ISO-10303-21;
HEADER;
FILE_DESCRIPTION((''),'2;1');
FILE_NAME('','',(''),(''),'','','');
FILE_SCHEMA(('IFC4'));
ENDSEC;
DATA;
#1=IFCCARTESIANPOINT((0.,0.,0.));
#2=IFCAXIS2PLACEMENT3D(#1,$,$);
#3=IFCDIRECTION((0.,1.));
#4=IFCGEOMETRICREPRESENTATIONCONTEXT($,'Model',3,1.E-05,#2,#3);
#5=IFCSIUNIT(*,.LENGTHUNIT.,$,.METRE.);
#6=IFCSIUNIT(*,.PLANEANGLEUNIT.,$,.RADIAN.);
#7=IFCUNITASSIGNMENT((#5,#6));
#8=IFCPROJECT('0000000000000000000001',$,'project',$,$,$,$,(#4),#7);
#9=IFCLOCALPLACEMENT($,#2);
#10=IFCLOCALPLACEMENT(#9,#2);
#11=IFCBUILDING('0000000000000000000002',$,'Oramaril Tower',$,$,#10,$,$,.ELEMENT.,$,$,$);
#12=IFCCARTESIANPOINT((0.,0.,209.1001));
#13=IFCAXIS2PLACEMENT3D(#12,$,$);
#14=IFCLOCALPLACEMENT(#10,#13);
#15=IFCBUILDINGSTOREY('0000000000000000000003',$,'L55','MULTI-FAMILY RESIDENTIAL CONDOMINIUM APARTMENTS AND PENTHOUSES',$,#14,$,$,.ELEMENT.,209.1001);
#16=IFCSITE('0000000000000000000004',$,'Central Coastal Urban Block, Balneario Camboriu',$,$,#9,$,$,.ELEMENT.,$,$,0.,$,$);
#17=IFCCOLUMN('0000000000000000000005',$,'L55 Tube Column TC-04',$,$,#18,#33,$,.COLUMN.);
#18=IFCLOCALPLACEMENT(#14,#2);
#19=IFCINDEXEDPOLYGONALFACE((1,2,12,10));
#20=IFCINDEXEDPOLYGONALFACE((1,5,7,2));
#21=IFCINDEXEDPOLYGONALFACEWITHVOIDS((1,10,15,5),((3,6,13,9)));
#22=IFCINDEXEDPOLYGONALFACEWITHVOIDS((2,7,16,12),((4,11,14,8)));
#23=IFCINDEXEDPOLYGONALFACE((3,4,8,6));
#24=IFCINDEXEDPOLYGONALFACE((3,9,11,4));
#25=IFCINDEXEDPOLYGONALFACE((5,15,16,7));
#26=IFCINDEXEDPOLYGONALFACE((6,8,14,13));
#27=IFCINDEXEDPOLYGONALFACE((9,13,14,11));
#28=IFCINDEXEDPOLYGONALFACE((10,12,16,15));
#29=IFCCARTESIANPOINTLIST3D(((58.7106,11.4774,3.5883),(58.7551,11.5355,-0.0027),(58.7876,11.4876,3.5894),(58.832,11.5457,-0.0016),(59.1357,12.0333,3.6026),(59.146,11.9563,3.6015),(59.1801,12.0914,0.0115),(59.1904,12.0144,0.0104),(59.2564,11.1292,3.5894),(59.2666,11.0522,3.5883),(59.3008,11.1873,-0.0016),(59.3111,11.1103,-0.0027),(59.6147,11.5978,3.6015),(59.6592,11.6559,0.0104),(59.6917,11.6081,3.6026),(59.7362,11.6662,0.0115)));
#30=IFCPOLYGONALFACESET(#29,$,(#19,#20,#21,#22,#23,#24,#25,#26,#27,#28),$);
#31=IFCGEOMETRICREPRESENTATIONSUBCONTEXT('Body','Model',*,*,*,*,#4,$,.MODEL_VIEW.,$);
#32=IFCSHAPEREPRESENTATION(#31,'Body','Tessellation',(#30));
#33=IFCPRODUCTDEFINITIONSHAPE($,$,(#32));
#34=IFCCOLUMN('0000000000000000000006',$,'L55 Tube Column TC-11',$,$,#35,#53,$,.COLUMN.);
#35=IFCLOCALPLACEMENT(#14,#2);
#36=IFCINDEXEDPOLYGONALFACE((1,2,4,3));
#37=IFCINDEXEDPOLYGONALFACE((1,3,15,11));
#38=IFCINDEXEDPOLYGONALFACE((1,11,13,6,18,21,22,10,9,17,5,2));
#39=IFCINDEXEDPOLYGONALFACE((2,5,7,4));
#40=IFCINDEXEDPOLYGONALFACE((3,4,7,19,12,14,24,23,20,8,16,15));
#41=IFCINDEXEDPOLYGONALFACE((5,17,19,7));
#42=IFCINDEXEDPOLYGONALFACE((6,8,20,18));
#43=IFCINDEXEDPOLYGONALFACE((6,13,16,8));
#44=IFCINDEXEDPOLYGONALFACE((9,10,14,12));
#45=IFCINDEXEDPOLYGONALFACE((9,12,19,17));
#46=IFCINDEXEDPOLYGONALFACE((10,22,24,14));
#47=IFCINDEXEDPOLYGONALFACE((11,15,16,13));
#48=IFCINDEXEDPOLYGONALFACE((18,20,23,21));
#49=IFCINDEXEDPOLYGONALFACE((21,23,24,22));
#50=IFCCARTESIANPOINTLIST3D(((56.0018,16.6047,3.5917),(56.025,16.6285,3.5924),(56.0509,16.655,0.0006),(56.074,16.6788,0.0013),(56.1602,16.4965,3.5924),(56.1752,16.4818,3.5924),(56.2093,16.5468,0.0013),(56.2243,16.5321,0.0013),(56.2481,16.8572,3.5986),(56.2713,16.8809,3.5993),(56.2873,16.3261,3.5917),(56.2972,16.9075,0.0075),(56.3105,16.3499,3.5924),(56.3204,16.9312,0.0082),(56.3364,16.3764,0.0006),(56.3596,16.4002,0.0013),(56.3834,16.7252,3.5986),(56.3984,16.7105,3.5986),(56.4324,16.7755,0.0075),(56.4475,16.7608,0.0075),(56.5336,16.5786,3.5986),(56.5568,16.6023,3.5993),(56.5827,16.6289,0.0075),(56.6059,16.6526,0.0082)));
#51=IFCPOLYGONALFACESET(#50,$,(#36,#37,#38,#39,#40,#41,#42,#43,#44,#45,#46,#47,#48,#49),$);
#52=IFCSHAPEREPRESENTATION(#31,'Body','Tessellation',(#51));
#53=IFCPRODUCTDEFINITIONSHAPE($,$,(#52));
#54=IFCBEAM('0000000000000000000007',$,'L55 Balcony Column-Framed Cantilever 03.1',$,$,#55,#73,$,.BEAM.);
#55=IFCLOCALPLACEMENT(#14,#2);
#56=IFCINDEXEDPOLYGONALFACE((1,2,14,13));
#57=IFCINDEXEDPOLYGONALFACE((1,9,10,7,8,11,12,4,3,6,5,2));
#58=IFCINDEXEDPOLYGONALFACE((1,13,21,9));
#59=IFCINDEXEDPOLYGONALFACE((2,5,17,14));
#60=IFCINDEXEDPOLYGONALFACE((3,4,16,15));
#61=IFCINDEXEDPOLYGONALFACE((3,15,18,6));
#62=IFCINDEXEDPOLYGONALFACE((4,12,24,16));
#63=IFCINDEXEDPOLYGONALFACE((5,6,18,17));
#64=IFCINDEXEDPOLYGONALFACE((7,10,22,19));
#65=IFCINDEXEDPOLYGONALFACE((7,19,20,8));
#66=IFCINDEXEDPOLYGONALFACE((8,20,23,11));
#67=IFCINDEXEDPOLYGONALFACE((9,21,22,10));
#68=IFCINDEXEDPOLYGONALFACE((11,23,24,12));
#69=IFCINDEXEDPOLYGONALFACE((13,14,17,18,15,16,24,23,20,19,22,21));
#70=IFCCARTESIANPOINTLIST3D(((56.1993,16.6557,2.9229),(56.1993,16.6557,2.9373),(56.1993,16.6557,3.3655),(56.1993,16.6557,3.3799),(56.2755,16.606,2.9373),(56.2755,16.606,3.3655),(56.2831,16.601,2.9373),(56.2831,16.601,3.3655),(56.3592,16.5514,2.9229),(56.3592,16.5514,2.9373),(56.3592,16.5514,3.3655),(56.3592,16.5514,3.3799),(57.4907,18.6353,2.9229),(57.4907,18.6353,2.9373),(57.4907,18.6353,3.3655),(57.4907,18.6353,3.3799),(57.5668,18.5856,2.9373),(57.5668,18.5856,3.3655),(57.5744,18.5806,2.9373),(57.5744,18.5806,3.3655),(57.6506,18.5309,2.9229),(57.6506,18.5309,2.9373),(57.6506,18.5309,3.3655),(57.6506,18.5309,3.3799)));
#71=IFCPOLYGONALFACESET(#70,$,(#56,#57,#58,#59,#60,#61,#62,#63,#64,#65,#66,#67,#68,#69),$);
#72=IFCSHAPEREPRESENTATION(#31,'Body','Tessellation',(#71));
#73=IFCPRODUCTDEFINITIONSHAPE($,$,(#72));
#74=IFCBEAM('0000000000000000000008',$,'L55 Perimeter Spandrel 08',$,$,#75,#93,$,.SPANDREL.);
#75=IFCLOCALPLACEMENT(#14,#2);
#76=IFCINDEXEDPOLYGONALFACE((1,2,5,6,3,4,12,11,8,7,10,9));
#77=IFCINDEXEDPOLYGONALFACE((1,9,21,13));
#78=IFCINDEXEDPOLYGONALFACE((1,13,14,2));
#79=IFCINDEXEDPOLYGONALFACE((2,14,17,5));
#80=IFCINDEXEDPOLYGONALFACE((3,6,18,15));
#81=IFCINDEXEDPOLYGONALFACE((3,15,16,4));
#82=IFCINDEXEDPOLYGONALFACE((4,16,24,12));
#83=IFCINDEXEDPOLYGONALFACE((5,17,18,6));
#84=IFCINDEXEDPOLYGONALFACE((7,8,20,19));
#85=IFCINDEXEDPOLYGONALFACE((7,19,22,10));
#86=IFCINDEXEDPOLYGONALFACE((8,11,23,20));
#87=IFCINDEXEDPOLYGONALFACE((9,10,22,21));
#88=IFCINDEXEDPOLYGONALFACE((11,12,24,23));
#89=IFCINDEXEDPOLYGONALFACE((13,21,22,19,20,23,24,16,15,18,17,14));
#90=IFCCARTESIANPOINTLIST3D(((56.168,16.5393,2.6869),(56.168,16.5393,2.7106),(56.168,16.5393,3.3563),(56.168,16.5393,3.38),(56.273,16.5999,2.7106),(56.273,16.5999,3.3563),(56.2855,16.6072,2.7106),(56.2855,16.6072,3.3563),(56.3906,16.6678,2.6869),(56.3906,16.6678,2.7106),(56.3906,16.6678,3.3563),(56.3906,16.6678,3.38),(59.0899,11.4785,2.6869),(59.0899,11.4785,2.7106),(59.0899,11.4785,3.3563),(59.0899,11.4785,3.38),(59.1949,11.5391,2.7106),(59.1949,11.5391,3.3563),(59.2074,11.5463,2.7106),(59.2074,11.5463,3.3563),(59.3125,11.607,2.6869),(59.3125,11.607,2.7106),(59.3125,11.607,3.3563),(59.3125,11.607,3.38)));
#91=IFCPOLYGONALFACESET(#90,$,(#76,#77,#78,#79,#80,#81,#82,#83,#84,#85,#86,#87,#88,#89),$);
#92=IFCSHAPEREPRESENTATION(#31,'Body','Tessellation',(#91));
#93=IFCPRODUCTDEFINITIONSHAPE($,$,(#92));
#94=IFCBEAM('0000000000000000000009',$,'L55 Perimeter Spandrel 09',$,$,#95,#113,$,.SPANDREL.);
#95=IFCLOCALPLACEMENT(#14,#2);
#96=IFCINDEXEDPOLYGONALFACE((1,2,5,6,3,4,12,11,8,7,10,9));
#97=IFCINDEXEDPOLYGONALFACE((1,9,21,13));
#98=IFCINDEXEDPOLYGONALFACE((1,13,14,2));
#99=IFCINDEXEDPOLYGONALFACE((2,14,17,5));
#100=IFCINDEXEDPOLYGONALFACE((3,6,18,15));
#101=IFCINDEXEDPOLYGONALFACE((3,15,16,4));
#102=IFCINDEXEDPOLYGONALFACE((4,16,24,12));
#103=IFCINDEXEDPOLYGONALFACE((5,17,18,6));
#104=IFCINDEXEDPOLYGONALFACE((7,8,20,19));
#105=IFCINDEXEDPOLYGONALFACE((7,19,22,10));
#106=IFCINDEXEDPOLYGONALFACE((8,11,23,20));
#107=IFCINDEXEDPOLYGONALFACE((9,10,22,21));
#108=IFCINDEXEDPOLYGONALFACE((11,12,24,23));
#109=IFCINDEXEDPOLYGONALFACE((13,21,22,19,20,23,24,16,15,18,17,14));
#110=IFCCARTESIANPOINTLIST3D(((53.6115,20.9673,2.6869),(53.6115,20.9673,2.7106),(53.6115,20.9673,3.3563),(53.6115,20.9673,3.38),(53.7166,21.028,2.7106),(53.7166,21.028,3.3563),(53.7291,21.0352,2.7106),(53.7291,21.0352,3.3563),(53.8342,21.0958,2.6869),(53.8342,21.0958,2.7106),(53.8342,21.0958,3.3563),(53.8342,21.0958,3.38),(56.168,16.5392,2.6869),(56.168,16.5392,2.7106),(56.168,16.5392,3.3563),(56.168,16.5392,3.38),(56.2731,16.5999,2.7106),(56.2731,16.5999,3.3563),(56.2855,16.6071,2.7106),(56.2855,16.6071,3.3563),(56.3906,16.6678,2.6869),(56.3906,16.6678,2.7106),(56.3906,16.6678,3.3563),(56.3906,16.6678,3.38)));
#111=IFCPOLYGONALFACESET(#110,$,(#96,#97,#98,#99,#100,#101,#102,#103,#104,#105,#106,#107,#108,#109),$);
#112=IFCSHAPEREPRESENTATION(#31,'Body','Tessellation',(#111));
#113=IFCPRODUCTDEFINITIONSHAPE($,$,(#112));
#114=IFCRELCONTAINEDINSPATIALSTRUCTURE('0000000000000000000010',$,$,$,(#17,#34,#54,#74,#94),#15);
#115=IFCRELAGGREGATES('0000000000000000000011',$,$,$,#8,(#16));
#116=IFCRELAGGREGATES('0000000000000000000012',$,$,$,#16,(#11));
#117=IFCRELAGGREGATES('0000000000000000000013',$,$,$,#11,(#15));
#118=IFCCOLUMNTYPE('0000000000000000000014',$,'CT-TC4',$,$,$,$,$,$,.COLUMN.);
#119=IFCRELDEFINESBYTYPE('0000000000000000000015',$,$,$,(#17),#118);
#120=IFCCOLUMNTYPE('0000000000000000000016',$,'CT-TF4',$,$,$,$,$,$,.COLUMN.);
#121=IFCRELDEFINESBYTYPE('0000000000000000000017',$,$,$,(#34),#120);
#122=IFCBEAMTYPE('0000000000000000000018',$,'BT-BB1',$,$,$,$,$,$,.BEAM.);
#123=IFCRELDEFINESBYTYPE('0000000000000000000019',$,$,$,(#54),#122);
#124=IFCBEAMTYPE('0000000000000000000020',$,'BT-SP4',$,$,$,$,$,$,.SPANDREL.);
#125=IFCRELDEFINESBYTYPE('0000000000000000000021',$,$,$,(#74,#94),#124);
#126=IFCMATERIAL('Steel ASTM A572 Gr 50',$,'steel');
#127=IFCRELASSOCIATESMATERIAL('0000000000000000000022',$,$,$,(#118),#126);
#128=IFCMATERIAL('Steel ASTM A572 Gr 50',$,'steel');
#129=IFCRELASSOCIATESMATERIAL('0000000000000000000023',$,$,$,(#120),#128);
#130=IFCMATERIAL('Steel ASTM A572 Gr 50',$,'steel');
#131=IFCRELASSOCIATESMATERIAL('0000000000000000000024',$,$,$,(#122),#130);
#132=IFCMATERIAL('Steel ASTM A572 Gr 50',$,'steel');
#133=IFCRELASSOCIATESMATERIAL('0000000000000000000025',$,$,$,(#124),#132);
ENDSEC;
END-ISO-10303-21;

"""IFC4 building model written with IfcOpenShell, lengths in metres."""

from ifc_helpers import new_model, si_unit, direction, frame, origin, origin_2d, place, context, subcontext, project, spatial, hollow_rectangle, i_section, extrude, material, material_profile, profile_set, type_object, element, save


model = new_model("IFC4")

# Units and contexts
model_context = context("Model", 3, precision=1e-05, world=origin(), true_north=direction((0.0, 1.0)))
body_context = subcontext(model_context, "Body", "Model", "MODEL_VIEW")
ifc_project = project(units=[si_unit("LENGTHUNIT", "METRE"), si_unit("PLANEANGLEUNIT", "RADIAN")], contexts=[model_context])

# Site, building, storey
site_placement = place(None, origin())
site = spatial("IfcSite", under=ifc_project, at=site_placement, Name="Central Coastal Urban Block, Balneario Camboriu", CompositionType="ELEMENT", RefElevation=0.0)
building_placement = place(site_placement, origin())
building = spatial("IfcBuilding", under=site, at=building_placement, Name="Oramaril Tower", CompositionType="ELEMENT")
storey_placement = place(building_placement, frame((0.0, 0.0, 209.1001)))
storey = spatial("IfcBuildingStorey", under=building, at=storey_placement, Name="L55", Description="MULTI-FAMILY RESIDENTIAL CONDOMINIUM APARTMENTS AND PENTHOUSES", CompositionType="ELEMENT", Elevation=209.1001)

# Columns
ifc_material_1 = material(Name="Steel ASTM A572 Gr 50", Category="steel")
ifc_material_profile_1 = material_profile(ifc_material_1, hollow_rectangle(XDim=0.7, YDim=0.7, WallThickness=0.0549, at=origin_2d()), Name="BOX700X700X55")
ifc_profile_set_1 = profile_set([ifc_material_profile_1], Name="Steel ASTM A572 Gr 50")
column_type_1 = type_object("IfcColumnType", Name="CT-TC4", PredefinedType="COLUMN", material=ifc_profile_set_1)
column_1_placement = place(storey_placement, frame((59.2456, 11.6008, 0.0044), z_axis=(-0.012371, -0.016177, 0.999793), x_axis=(0.794358, -0.60745, 0.0)))
element("IfcColumn", 1, at=column_1_placement, inside=storey, type_object=column_type_1, Name="L55 Tube Column TC-04", PredefinedType="COLUMN", context=body_context, shape_type="SweptSolid", body=[
    extrude(hollow_rectangle(XDim=0.7, YDim=0.7, WallThickness=0.0549, at=origin_2d()), origin(), (0.0, 0.0, 1.0), 3.5918),
])
ifc_material_2 = material(Name="Steel ASTM A572 Gr 50", Category="steel")
ifc_material_profile_2 = material_profile(ifc_material_2, i_section(OverallWidth=0.3989, OverallDepth=0.386, WebThickness=0.021, FlangeThickness=0.0332, at=origin_2d()), Name="W14X176")
ifc_profile_set_2 = profile_set([ifc_material_profile_2], Name="Steel ASTM A572 Gr 50")
column_type_2 = type_object("IfcColumnType", Name="CT-TF4", PredefinedType="COLUMN", material=ifc_profile_set_2)
column_2_placement = place(storey_placement, frame((56.3284, 16.6538, 0.0044), z_axis=(-0.013662, -0.014002, 0.999809), x_axis=(0.71574, -0.698367, 0.0)))
element("IfcColumn", 2, at=column_2_placement, inside=storey, type_object=column_type_2, Name="L55 Tube Column TC-11", PredefinedType="COLUMN", context=body_context, shape_type="SweptSolid", body=[
    extrude(i_section(OverallWidth=0.3989, OverallDepth=0.386, WebThickness=0.021, FlangeThickness=0.0332, at=origin_2d()), origin(), (0.0, 0.0, 1.0), 3.5918),
])

# Beams
ifc_material_3 = material(Name="Steel ASTM A572 Gr 50", Category="steel")
ifc_material_profile_3 = material_profile(ifc_material_3, i_section(OverallWidth=0.1909, OverallDepth=0.457, WebThickness=0.009, FlangeThickness=0.0144, at=origin_2d()), Name="W18X50")
ifc_profile_set_3 = profile_set([ifc_material_profile_3], Name="Steel ASTM A572 Gr 50")
beam_type_1 = type_object("IfcBeamType", Name="BT-BB1", PredefinedType="BEAM", material=ifc_profile_set_3)
beam_1_placement = place(storey_placement, frame((56.2793, 16.6035, 3.1514), z_axis=(0.546353, 0.837555, 0.0), x_axis=(-0.837555, 0.546353, 0.0)))
element("IfcBeam", 3, at=beam_1_placement, inside=storey, type_object=beam_type_1, Name="L55 Balcony Column-Framed Cantilever 03.1", PredefinedType="BEAM", context=body_context, shape_type="SweptSolid", body=[
    extrude(i_section(OverallWidth=0.1909, OverallDepth=0.457, WebThickness=0.009, FlangeThickness=0.0144, at=origin_2d()), origin(), (0.0, 0.0, 1.0), 2.3635),
])
ifc_material_4 = material(Name="Steel ASTM A572 Gr 50", Category="steel")
ifc_material_profile_4 = material_profile(ifc_material_4, i_section(OverallWidth=0.2571, OverallDepth=0.6931, WebThickness=0.0144, FlangeThickness=0.0237, at=origin_2d()), Name="W27X114")
ifc_profile_set_4 = profile_set([ifc_material_profile_4], Name="Steel ASTM A572 Gr 50")
beam_type_2 = type_object("IfcBeamType", Name="BT-SP4", PredefinedType="SPANDREL", material=ifc_profile_set_4)
beam_2_placement = place(storey_placement, frame((59.2012, 11.5427, 3.0334), z_axis=(-0.500003, 0.866023, 0.0), x_axis=(-0.866023, -0.500003, 0.0)))
element("IfcBeam", 4, at=beam_2_placement, inside=storey, type_object=beam_type_2, Name="L55 Perimeter Spandrel 08", PredefinedType="SPANDREL", context=body_context, shape_type="SweptSolid", body=[
    extrude(i_section(OverallWidth=0.2571, OverallDepth=0.6931, WebThickness=0.0144, FlangeThickness=0.0237, at=origin_2d()), origin(), (0.0, 0.0, 1.0), 5.8438),
])
beam_3_placement = place(storey_placement, frame((56.2793, 16.6035, 3.0334), z_axis=(-0.499986, 0.866034, 0.0), x_axis=(-0.866034, -0.499986, 0.0)))
element("IfcBeam", 5, at=beam_3_placement, inside=storey, type_object=beam_type_2, Name="L55 Perimeter Spandrel 09", PredefinedType="SPANDREL", context=body_context, shape_type="SweptSolid", body=[
    extrude(i_section(OverallWidth=0.2571, OverallDepth=0.6931, WebThickness=0.0144, FlangeThickness=0.0237, at=origin_2d()), origin(), (0.0, 0.0, 1.0), 5.113),
])

save(model, "model.ifc")
